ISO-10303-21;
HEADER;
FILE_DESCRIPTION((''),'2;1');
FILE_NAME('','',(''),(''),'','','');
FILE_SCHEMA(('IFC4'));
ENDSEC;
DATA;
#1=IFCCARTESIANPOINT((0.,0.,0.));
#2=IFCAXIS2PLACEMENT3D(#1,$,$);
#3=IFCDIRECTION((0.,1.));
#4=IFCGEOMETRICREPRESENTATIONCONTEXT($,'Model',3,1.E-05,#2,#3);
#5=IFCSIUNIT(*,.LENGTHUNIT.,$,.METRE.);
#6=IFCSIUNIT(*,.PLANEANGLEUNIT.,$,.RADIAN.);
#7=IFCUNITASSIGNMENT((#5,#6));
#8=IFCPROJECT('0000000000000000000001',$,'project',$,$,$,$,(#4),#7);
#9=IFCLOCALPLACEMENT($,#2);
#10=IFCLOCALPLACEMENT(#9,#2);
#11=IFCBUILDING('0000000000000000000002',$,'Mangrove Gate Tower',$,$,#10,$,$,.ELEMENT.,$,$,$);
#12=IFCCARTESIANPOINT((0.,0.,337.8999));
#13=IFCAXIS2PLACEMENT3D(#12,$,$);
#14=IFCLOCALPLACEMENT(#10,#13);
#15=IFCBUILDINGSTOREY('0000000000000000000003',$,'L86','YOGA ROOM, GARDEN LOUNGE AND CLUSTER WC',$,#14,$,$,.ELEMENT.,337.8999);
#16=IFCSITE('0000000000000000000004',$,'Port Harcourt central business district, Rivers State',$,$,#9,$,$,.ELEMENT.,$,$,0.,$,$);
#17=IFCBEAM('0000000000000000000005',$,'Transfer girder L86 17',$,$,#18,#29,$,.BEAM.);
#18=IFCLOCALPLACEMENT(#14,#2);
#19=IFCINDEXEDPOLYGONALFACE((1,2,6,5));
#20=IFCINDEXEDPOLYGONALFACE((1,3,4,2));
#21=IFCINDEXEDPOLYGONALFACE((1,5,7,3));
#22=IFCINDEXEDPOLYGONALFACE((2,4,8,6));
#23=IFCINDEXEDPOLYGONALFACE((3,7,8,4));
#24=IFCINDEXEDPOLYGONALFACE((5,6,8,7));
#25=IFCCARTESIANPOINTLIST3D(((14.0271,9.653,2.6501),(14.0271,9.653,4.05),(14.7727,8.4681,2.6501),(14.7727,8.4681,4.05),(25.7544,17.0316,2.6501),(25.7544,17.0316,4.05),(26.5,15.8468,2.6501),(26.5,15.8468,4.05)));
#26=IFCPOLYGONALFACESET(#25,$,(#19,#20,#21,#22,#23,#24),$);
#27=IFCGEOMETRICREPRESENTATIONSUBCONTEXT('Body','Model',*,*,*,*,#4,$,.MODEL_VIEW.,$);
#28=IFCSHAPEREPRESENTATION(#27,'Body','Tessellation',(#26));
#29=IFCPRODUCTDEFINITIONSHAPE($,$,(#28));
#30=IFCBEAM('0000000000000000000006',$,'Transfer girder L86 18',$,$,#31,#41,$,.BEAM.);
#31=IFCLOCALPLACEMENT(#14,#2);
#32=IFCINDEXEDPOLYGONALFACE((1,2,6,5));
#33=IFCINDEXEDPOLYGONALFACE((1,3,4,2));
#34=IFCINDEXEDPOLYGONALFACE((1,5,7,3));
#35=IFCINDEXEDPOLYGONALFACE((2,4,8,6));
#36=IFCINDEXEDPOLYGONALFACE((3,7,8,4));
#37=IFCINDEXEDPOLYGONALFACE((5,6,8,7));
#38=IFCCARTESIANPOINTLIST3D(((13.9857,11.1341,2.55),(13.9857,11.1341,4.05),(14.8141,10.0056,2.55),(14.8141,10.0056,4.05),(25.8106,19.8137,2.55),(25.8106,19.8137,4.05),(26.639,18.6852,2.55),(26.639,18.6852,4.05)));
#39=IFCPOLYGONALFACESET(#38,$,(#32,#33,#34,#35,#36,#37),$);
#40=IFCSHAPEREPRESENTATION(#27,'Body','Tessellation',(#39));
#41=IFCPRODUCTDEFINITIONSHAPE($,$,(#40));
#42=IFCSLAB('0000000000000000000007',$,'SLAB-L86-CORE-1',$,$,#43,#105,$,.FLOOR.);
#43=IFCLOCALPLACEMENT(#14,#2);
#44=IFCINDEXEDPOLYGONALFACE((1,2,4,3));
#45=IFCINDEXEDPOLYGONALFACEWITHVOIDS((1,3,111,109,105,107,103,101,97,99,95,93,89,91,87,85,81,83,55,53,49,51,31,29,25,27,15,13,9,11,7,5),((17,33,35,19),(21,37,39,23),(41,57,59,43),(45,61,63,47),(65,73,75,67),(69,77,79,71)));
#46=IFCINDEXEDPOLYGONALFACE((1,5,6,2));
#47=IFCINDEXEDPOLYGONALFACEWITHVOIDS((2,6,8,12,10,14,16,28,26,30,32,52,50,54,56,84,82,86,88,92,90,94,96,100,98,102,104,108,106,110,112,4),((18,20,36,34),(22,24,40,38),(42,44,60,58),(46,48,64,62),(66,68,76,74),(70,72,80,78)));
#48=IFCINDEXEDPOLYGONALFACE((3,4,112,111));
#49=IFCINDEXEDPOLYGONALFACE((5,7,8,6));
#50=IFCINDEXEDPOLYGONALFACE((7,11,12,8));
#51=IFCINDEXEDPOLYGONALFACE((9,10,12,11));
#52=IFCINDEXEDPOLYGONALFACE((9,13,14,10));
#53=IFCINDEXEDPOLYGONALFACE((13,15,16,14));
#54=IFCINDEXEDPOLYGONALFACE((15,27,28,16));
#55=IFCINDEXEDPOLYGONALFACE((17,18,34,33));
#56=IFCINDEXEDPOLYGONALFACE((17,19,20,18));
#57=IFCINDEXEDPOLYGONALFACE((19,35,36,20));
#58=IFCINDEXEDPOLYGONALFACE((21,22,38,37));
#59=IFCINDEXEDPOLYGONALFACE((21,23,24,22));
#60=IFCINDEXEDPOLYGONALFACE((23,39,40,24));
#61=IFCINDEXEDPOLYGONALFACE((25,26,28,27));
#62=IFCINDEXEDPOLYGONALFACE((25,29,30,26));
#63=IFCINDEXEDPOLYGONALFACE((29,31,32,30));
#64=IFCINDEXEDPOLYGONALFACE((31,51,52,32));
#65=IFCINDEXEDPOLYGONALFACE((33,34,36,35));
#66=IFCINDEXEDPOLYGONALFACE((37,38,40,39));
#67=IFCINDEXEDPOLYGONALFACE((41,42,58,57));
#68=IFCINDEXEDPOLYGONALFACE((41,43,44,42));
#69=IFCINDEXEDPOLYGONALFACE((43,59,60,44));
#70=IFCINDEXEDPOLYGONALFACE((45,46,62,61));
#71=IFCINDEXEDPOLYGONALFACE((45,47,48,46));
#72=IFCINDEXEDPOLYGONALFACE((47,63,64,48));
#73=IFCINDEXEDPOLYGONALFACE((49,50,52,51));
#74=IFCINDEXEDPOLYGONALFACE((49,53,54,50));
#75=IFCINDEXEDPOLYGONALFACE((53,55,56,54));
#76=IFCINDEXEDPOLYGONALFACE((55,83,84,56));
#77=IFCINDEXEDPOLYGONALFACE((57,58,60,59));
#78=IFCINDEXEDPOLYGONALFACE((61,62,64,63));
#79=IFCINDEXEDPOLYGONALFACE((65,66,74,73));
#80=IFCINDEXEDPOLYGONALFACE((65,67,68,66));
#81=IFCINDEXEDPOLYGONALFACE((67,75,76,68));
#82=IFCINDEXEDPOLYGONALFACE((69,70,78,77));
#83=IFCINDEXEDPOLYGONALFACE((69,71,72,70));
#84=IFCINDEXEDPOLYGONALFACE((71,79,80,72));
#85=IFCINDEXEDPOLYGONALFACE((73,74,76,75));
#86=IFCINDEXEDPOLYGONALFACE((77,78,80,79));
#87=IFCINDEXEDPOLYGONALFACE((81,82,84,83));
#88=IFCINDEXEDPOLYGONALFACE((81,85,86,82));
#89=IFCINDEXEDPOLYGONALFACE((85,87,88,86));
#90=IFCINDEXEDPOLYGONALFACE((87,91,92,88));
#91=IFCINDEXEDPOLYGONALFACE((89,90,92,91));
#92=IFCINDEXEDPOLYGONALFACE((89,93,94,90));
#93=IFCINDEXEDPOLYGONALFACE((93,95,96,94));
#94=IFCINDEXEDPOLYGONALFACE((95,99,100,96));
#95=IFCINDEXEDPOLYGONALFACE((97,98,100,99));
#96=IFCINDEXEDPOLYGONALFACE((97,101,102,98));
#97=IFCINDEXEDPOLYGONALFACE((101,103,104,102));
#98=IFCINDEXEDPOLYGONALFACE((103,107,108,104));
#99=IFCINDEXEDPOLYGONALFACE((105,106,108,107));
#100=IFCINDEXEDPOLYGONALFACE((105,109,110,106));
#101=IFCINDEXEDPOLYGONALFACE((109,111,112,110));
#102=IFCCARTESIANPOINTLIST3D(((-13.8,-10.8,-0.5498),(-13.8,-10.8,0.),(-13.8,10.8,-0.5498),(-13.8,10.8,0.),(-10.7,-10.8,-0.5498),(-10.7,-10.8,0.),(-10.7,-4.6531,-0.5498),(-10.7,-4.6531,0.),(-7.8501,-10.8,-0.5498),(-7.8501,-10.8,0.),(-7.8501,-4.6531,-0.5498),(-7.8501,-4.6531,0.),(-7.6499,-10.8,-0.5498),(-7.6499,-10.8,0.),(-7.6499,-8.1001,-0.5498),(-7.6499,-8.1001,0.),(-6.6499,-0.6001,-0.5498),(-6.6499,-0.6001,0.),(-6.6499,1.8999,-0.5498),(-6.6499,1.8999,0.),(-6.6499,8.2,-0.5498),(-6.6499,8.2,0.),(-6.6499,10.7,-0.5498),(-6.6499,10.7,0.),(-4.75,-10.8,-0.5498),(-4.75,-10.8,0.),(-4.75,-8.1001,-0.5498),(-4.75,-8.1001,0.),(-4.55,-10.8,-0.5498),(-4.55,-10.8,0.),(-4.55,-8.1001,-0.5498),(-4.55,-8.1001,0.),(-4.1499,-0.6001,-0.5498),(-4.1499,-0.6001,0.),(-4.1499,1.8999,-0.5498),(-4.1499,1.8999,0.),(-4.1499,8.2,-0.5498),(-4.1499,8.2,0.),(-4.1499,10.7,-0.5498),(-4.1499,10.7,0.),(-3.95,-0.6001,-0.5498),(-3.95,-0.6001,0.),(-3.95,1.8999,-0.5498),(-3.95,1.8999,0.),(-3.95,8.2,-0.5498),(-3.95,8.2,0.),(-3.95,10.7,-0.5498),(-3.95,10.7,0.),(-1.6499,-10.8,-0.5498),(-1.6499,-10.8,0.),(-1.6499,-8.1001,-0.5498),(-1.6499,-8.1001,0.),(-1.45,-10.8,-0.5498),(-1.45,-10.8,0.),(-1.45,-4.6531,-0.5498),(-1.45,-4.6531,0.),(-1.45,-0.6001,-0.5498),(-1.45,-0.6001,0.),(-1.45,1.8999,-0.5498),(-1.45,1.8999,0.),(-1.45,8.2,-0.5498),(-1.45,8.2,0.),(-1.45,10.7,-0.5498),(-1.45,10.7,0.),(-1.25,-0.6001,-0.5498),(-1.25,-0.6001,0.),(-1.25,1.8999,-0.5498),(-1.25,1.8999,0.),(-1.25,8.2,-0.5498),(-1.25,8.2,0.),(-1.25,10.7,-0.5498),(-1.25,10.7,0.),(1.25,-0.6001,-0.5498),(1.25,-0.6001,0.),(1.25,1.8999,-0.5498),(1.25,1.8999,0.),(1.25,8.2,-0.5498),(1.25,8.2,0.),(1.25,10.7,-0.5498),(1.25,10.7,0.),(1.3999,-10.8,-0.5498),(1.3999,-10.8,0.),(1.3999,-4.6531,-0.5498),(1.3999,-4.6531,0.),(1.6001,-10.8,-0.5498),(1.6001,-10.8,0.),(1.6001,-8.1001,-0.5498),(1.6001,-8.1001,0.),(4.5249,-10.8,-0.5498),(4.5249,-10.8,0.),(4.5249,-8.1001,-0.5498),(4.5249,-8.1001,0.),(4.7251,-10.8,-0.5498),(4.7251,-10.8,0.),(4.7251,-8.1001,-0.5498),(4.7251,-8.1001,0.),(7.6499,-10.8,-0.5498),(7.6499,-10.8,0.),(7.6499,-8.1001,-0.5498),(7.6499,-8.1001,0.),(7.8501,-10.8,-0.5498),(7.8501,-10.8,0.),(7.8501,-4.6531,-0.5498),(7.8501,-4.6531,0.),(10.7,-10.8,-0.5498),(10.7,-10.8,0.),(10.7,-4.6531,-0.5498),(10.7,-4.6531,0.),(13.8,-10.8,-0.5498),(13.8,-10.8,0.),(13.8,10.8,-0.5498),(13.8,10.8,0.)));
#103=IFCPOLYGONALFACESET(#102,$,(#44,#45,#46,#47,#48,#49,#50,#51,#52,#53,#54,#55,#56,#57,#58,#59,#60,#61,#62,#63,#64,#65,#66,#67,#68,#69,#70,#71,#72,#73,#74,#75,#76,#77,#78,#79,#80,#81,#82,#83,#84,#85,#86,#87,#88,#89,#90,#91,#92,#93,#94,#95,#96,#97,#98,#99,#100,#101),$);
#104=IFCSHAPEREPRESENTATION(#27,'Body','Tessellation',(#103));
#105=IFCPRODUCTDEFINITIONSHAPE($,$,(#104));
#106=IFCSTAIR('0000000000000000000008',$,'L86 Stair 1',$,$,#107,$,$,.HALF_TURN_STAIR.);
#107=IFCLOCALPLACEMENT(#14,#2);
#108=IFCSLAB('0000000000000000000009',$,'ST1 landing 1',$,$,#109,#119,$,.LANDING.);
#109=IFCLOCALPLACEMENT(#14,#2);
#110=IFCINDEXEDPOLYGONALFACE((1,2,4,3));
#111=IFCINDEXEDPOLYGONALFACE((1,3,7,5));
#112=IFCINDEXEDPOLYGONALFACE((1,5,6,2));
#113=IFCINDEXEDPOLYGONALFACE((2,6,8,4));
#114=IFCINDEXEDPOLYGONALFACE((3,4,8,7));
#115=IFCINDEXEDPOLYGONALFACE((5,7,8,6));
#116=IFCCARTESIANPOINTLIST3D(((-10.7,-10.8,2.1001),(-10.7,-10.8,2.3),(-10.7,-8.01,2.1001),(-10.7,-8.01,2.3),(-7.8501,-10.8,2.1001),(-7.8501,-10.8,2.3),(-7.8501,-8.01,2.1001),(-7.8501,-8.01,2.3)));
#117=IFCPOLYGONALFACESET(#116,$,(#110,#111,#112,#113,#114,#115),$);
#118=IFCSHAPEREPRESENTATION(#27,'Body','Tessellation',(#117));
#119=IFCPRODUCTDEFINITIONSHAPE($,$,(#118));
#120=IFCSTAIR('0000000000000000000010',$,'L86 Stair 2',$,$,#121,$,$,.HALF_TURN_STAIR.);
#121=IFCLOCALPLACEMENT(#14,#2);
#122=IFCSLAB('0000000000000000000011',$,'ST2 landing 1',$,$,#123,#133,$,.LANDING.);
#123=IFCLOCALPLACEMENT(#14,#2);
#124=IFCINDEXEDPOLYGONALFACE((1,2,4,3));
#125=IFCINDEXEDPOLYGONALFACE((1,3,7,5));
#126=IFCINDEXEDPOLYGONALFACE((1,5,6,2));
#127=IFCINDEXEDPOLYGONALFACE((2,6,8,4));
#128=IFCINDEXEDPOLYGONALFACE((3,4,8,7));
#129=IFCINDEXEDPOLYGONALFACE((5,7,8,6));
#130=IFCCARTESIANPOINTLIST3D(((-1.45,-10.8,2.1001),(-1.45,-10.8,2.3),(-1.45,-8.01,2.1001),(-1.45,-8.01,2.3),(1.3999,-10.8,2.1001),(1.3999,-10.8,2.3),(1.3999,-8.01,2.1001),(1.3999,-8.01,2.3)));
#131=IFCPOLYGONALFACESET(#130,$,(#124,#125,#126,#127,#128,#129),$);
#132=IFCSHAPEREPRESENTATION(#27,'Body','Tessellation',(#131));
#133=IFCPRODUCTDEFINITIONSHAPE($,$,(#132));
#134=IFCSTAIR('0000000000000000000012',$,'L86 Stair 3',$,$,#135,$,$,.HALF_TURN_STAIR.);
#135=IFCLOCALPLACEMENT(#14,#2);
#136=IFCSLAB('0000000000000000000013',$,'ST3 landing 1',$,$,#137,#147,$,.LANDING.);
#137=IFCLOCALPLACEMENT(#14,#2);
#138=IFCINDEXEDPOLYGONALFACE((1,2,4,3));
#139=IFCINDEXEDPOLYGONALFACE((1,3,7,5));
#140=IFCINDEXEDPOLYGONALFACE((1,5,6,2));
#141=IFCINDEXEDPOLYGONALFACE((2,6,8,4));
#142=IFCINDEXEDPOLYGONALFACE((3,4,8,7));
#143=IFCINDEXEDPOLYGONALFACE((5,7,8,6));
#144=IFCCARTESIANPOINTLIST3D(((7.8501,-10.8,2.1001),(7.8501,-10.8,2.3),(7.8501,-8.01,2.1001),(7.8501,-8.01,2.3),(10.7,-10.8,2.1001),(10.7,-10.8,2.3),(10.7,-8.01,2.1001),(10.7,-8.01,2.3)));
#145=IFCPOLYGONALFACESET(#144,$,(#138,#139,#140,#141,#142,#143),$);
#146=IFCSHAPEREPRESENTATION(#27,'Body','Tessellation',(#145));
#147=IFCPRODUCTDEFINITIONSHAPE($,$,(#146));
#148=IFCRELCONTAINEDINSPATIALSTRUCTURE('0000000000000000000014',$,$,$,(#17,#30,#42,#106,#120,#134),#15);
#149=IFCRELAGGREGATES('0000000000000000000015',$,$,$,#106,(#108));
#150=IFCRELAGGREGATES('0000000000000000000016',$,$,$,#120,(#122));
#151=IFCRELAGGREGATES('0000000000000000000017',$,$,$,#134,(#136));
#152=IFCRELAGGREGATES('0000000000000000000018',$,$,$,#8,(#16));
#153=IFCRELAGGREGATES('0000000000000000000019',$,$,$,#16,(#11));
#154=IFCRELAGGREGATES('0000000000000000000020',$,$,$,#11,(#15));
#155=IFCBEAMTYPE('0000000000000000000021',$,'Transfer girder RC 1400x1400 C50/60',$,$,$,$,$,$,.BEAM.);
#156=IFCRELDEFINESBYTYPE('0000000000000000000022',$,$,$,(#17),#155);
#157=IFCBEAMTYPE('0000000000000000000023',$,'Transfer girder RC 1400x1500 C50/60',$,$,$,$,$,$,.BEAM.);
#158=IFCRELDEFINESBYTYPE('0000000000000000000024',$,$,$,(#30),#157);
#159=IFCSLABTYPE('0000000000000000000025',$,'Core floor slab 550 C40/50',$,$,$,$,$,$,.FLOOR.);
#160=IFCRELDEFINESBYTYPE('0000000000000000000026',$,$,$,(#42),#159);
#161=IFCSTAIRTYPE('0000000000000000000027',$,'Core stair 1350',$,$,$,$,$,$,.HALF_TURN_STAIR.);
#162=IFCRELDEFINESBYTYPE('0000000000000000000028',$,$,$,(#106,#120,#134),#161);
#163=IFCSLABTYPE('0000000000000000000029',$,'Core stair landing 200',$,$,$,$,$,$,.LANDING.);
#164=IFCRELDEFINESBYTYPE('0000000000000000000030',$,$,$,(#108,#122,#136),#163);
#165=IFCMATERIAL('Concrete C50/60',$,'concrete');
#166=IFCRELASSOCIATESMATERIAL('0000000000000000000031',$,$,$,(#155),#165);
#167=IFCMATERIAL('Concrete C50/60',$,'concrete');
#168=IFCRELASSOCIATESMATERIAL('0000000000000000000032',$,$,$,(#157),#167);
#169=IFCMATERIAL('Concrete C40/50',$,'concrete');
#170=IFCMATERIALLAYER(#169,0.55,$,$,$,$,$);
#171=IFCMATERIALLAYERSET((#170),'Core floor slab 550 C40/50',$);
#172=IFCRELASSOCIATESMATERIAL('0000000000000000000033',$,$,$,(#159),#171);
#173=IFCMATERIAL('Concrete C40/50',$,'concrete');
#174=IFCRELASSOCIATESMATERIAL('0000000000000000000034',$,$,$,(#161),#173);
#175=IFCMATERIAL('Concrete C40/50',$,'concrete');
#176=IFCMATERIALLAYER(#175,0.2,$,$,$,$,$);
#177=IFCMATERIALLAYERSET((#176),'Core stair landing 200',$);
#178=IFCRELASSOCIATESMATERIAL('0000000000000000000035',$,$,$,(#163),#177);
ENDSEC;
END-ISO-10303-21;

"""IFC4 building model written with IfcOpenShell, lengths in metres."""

from ifc_helpers import new_model, si_unit, direction, frame, origin, origin_2d, place, context, subcontext, project, spatial, polyline, rectangle, outline, extrude, material, layer, layer_set, material_profile, profile_set, type_object, element, aggregate, save


model = new_model("IFC4")

# Units and contexts
model_context = context("Model", 3, precision=1e-05, world=origin(), true_north=direction((0.0, 1.0)))
body_context = subcontext(model_context, "Body", "Model", "MODEL_VIEW")
ifc_project = project(units=[si_unit("LENGTHUNIT", "METRE"), si_unit("PLANEANGLEUNIT", "RADIAN")], contexts=[model_context])

# Site, building, storey
site_placement = place(None, origin())
site = spatial("IfcSite", under=ifc_project, at=site_placement, Name="Port Harcourt central business district, Rivers State", CompositionType="ELEMENT", RefElevation=0.0)
building_placement = place(site_placement, origin())
building = spatial("IfcBuilding", under=site, at=building_placement, Name="Mangrove Gate Tower", CompositionType="ELEMENT")
storey_placement = place(building_placement, frame((0.0, 0.0, 337.8999)))
storey = spatial("IfcBuildingStorey", under=building, at=storey_placement, Name="L86", Description="YOGA ROOM, GARDEN LOUNGE AND CLUSTER WC", CompositionType="ELEMENT", Elevation=337.8999)

# Beams
ifc_material_1 = material(Name="Concrete C50/60", Category="concrete")
ifc_material_profile_1 = material_profile(ifc_material_1, rectangle(XDim=1.3999, YDim=1.3999, at=origin_2d()))
ifc_profile_set_1 = profile_set([ifc_material_profile_1], Name="Concrete C50/60")
beam_type_1 = type_object("IfcBeamType", Name="Transfer girder RC 1400x1400 C50/60", PredefinedType="BEAM", material=ifc_profile_set_1)
beam_1_placement = place(storey_placement, frame((14.3999, 9.0605, 3.3501), z_axis=(0.846402, 0.532545, 0.0), x_axis=(-0.532545, 0.846402, 0.0)))
element("IfcBeam", 1, at=beam_1_placement, inside=storey, type_object=beam_type_1, Name="Transfer girder L86 17", PredefinedType="BEAM", context=body_context, shape_type="SweptSolid", body=[
    extrude(rectangle(XDim=1.3999, YDim=1.3999, at=origin_2d()), origin(), (0.0, 0.0, 1.0), 13.8555),
])
ifc_material_2 = material(Name="Concrete C50/60", Category="concrete")
ifc_material_profile_2 = material_profile(ifc_material_2, rectangle(XDim=1.3999, YDim=1.5, at=origin_2d()))
ifc_profile_set_2 = profile_set([ifc_material_profile_2], Name="Concrete C50/60")
beam_type_2 = type_object("IfcBeamType", Name="Transfer girder RC 1400x1500 C50/60", PredefinedType="BEAM", material=ifc_profile_set_2)
beam_2_placement = place(storey_placement, frame((14.3999, 10.5698, 3.3), z_axis=(0.806143, 0.591721, 0.0), x_axis=(-0.591721, 0.806143, 0.0)))
element("IfcBeam", 2, at=beam_2_placement, inside=storey, type_object=beam_type_2, Name="Transfer girder L86 18", PredefinedType="BEAM", context=body_context, shape_type="SweptSolid", body=[
    extrude(rectangle(XDim=1.3999, YDim=1.5, at=origin_2d()), origin(), (0.0, 0.0, 1.0), 14.6685),
])

# Slab
ifc_material_3 = material(Name="Concrete C40/50", Category="concrete")
ifc_layer_1 = layer(ifc_material_3, 0.55)
ifc_layer_set_1 = layer_set([ifc_layer_1], Name="Core floor slab 550 C40/50")
slab_type_1 = type_object("IfcSlabType", Name="Core floor slab 550 C40/50", PredefinedType="FLOOR", material=ifc_layer_set_1)
slab_1_placement = place(storey_placement, frame((0.0, 0.0, -0.5498)))
element("IfcSlab", 3, at=slab_1_placement, inside=storey, type_object=slab_type_1, Name="SLAB-L86-CORE-1", PredefinedType="FLOOR", context=body_context, shape_type="SweptSolid", body=[
    extrude(outline(polyline([(-13.8, -10.8), (-13.8, 10.8), (13.8, 10.8), (13.8, -10.8), (10.7, -10.8), (10.7, -4.6531), (7.8501, -4.6531), (7.8501, -10.8), (7.6499, -10.8), (7.6499, -8.1001), (4.7251, -8.1001), (4.7251, -10.8), (4.5249, -10.8), (4.5249, -8.1001), (1.6001, -8.1001), (1.6001, -10.8), (1.3999, -10.8), (1.3999, -4.6531), (-1.45, -4.6531), (-1.45, -10.8), (-1.6499, -10.8), (-1.6499, -8.1001), (-4.55, -8.1001), (-4.55, -10.8), (-4.75, -10.8), (-4.75, -8.1001), (-7.6499, -8.1001), (-7.6499, -10.8), (-7.8501, -10.8), (-7.8501, -4.6531), (-10.7, -4.6531), (-10.7, -10.8), (-13.8, -10.8)]), holes=[polyline([(-4.1499, 1.8999), (-6.6499, 1.8999), (-6.6499, -0.6001), (-4.1499, -0.6001), (-4.1499, 1.8999)]), polyline([(-1.45, -0.6001), (-1.45, 1.8999), (-3.95, 1.8999), (-3.95, -0.6001), (-1.45, -0.6001)]), polyline([(-4.1499, 8.2), (-4.1499, 10.7), (-6.6499, 10.7), (-6.6499, 8.2), (-4.1499, 8.2)]), polyline([(-1.45, 10.7), (-3.95, 10.7), (-3.95, 8.2), (-1.45, 8.2), (-1.45, 10.7)]), polyline([(1.25, -0.6001), (1.25, 1.8999), (-1.25, 1.8999), (-1.25, -0.6001), (1.25, -0.6001)]), polyline([(1.25, 8.2), (1.25, 10.7), (-1.25, 10.7), (-1.25, 8.2), (1.25, 8.2)])]), origin(), (0.0, 0.0, 1.0), 0.5498),
])

# Stairs, slabs
ifc_material_4 = material(Name="Concrete C40/50", Category="concrete")
stair_type = type_object("IfcStairType", Name="Core stair 1350", PredefinedType="HALF_TURN_STAIR", material=ifc_material_4)
stair_1_placement = place(storey_placement, origin())
stair_1 = element("IfcStair", 4, at=stair_1_placement, inside=storey, type_object=stair_type, Name="L86 Stair 1", PredefinedType="HALF_TURN_STAIR")
ifc_material_5 = material(Name="Concrete C40/50", Category="concrete")
ifc_layer_2 = layer(ifc_material_5, 0.2)
ifc_layer_set_2 = layer_set([ifc_layer_2], Name="Core stair landing 200")
slab_type_2 = type_object("IfcSlabType", Name="Core stair landing 200", PredefinedType="LANDING", material=ifc_layer_set_2)
slab_2_placement = place(storey_placement, frame((0.0, 0.0, 2.1001)))
slab_2 = element("IfcSlab", 5, at=slab_2_placement, type_object=slab_type_2, Name="ST1 landing 1", PredefinedType="LANDING", context=body_context, shape_type="SweptSolid", body=[
    extrude(outline(polyline([(-10.7, -8.01), (-10.7, -10.8), (-7.8501, -10.8), (-7.8501, -8.01), (-10.7, -8.01)])), origin(), (0.0, 0.0, 1.0), 0.2),
])
aggregate(stair_1, [slab_2])
stair_2_placement = place(storey_placement, origin())
stair_2 = element("IfcStair", 6, at=stair_2_placement, inside=storey, type_object=stair_type, Name="L86 Stair 2", PredefinedType="HALF_TURN_STAIR")
slab_3_placement = place(storey_placement, frame((0.0, 0.0, 2.1001)))
slab_3 = element("IfcSlab", 7, at=slab_3_placement, type_object=slab_type_2, Name="ST2 landing 1", PredefinedType="LANDING", context=body_context, shape_type="SweptSolid", body=[
    extrude(outline(polyline([(-1.45, -8.01), (-1.45, -10.8), (1.3999, -10.8), (1.3999, -8.01), (-1.45, -8.01)])), origin(), (0.0, 0.0, 1.0), 0.2),
])
aggregate(stair_2, [slab_3])
stair_3_placement = place(storey_placement, origin())
stair_3 = element("IfcStair", 8, at=stair_3_placement, inside=storey, type_object=stair_type, Name="L86 Stair 3", PredefinedType="HALF_TURN_STAIR")
slab_4_placement = place(storey_placement, frame((0.0, 0.0, 2.1001)))
slab_4 = element("IfcSlab", 9, at=slab_4_placement, type_object=slab_type_2, Name="ST3 landing 1", PredefinedType="LANDING", context=body_context, shape_type="SweptSolid", body=[
    extrude(outline(polyline([(7.8501, -8.01), (7.8501, -10.8), (10.7, -10.8), (10.7, -8.01), (7.8501, -8.01)])), origin(), (0.0, 0.0, 1.0), 0.2),
])
aggregate(stair_3, [slab_4])

save(model, "model.ifc")
